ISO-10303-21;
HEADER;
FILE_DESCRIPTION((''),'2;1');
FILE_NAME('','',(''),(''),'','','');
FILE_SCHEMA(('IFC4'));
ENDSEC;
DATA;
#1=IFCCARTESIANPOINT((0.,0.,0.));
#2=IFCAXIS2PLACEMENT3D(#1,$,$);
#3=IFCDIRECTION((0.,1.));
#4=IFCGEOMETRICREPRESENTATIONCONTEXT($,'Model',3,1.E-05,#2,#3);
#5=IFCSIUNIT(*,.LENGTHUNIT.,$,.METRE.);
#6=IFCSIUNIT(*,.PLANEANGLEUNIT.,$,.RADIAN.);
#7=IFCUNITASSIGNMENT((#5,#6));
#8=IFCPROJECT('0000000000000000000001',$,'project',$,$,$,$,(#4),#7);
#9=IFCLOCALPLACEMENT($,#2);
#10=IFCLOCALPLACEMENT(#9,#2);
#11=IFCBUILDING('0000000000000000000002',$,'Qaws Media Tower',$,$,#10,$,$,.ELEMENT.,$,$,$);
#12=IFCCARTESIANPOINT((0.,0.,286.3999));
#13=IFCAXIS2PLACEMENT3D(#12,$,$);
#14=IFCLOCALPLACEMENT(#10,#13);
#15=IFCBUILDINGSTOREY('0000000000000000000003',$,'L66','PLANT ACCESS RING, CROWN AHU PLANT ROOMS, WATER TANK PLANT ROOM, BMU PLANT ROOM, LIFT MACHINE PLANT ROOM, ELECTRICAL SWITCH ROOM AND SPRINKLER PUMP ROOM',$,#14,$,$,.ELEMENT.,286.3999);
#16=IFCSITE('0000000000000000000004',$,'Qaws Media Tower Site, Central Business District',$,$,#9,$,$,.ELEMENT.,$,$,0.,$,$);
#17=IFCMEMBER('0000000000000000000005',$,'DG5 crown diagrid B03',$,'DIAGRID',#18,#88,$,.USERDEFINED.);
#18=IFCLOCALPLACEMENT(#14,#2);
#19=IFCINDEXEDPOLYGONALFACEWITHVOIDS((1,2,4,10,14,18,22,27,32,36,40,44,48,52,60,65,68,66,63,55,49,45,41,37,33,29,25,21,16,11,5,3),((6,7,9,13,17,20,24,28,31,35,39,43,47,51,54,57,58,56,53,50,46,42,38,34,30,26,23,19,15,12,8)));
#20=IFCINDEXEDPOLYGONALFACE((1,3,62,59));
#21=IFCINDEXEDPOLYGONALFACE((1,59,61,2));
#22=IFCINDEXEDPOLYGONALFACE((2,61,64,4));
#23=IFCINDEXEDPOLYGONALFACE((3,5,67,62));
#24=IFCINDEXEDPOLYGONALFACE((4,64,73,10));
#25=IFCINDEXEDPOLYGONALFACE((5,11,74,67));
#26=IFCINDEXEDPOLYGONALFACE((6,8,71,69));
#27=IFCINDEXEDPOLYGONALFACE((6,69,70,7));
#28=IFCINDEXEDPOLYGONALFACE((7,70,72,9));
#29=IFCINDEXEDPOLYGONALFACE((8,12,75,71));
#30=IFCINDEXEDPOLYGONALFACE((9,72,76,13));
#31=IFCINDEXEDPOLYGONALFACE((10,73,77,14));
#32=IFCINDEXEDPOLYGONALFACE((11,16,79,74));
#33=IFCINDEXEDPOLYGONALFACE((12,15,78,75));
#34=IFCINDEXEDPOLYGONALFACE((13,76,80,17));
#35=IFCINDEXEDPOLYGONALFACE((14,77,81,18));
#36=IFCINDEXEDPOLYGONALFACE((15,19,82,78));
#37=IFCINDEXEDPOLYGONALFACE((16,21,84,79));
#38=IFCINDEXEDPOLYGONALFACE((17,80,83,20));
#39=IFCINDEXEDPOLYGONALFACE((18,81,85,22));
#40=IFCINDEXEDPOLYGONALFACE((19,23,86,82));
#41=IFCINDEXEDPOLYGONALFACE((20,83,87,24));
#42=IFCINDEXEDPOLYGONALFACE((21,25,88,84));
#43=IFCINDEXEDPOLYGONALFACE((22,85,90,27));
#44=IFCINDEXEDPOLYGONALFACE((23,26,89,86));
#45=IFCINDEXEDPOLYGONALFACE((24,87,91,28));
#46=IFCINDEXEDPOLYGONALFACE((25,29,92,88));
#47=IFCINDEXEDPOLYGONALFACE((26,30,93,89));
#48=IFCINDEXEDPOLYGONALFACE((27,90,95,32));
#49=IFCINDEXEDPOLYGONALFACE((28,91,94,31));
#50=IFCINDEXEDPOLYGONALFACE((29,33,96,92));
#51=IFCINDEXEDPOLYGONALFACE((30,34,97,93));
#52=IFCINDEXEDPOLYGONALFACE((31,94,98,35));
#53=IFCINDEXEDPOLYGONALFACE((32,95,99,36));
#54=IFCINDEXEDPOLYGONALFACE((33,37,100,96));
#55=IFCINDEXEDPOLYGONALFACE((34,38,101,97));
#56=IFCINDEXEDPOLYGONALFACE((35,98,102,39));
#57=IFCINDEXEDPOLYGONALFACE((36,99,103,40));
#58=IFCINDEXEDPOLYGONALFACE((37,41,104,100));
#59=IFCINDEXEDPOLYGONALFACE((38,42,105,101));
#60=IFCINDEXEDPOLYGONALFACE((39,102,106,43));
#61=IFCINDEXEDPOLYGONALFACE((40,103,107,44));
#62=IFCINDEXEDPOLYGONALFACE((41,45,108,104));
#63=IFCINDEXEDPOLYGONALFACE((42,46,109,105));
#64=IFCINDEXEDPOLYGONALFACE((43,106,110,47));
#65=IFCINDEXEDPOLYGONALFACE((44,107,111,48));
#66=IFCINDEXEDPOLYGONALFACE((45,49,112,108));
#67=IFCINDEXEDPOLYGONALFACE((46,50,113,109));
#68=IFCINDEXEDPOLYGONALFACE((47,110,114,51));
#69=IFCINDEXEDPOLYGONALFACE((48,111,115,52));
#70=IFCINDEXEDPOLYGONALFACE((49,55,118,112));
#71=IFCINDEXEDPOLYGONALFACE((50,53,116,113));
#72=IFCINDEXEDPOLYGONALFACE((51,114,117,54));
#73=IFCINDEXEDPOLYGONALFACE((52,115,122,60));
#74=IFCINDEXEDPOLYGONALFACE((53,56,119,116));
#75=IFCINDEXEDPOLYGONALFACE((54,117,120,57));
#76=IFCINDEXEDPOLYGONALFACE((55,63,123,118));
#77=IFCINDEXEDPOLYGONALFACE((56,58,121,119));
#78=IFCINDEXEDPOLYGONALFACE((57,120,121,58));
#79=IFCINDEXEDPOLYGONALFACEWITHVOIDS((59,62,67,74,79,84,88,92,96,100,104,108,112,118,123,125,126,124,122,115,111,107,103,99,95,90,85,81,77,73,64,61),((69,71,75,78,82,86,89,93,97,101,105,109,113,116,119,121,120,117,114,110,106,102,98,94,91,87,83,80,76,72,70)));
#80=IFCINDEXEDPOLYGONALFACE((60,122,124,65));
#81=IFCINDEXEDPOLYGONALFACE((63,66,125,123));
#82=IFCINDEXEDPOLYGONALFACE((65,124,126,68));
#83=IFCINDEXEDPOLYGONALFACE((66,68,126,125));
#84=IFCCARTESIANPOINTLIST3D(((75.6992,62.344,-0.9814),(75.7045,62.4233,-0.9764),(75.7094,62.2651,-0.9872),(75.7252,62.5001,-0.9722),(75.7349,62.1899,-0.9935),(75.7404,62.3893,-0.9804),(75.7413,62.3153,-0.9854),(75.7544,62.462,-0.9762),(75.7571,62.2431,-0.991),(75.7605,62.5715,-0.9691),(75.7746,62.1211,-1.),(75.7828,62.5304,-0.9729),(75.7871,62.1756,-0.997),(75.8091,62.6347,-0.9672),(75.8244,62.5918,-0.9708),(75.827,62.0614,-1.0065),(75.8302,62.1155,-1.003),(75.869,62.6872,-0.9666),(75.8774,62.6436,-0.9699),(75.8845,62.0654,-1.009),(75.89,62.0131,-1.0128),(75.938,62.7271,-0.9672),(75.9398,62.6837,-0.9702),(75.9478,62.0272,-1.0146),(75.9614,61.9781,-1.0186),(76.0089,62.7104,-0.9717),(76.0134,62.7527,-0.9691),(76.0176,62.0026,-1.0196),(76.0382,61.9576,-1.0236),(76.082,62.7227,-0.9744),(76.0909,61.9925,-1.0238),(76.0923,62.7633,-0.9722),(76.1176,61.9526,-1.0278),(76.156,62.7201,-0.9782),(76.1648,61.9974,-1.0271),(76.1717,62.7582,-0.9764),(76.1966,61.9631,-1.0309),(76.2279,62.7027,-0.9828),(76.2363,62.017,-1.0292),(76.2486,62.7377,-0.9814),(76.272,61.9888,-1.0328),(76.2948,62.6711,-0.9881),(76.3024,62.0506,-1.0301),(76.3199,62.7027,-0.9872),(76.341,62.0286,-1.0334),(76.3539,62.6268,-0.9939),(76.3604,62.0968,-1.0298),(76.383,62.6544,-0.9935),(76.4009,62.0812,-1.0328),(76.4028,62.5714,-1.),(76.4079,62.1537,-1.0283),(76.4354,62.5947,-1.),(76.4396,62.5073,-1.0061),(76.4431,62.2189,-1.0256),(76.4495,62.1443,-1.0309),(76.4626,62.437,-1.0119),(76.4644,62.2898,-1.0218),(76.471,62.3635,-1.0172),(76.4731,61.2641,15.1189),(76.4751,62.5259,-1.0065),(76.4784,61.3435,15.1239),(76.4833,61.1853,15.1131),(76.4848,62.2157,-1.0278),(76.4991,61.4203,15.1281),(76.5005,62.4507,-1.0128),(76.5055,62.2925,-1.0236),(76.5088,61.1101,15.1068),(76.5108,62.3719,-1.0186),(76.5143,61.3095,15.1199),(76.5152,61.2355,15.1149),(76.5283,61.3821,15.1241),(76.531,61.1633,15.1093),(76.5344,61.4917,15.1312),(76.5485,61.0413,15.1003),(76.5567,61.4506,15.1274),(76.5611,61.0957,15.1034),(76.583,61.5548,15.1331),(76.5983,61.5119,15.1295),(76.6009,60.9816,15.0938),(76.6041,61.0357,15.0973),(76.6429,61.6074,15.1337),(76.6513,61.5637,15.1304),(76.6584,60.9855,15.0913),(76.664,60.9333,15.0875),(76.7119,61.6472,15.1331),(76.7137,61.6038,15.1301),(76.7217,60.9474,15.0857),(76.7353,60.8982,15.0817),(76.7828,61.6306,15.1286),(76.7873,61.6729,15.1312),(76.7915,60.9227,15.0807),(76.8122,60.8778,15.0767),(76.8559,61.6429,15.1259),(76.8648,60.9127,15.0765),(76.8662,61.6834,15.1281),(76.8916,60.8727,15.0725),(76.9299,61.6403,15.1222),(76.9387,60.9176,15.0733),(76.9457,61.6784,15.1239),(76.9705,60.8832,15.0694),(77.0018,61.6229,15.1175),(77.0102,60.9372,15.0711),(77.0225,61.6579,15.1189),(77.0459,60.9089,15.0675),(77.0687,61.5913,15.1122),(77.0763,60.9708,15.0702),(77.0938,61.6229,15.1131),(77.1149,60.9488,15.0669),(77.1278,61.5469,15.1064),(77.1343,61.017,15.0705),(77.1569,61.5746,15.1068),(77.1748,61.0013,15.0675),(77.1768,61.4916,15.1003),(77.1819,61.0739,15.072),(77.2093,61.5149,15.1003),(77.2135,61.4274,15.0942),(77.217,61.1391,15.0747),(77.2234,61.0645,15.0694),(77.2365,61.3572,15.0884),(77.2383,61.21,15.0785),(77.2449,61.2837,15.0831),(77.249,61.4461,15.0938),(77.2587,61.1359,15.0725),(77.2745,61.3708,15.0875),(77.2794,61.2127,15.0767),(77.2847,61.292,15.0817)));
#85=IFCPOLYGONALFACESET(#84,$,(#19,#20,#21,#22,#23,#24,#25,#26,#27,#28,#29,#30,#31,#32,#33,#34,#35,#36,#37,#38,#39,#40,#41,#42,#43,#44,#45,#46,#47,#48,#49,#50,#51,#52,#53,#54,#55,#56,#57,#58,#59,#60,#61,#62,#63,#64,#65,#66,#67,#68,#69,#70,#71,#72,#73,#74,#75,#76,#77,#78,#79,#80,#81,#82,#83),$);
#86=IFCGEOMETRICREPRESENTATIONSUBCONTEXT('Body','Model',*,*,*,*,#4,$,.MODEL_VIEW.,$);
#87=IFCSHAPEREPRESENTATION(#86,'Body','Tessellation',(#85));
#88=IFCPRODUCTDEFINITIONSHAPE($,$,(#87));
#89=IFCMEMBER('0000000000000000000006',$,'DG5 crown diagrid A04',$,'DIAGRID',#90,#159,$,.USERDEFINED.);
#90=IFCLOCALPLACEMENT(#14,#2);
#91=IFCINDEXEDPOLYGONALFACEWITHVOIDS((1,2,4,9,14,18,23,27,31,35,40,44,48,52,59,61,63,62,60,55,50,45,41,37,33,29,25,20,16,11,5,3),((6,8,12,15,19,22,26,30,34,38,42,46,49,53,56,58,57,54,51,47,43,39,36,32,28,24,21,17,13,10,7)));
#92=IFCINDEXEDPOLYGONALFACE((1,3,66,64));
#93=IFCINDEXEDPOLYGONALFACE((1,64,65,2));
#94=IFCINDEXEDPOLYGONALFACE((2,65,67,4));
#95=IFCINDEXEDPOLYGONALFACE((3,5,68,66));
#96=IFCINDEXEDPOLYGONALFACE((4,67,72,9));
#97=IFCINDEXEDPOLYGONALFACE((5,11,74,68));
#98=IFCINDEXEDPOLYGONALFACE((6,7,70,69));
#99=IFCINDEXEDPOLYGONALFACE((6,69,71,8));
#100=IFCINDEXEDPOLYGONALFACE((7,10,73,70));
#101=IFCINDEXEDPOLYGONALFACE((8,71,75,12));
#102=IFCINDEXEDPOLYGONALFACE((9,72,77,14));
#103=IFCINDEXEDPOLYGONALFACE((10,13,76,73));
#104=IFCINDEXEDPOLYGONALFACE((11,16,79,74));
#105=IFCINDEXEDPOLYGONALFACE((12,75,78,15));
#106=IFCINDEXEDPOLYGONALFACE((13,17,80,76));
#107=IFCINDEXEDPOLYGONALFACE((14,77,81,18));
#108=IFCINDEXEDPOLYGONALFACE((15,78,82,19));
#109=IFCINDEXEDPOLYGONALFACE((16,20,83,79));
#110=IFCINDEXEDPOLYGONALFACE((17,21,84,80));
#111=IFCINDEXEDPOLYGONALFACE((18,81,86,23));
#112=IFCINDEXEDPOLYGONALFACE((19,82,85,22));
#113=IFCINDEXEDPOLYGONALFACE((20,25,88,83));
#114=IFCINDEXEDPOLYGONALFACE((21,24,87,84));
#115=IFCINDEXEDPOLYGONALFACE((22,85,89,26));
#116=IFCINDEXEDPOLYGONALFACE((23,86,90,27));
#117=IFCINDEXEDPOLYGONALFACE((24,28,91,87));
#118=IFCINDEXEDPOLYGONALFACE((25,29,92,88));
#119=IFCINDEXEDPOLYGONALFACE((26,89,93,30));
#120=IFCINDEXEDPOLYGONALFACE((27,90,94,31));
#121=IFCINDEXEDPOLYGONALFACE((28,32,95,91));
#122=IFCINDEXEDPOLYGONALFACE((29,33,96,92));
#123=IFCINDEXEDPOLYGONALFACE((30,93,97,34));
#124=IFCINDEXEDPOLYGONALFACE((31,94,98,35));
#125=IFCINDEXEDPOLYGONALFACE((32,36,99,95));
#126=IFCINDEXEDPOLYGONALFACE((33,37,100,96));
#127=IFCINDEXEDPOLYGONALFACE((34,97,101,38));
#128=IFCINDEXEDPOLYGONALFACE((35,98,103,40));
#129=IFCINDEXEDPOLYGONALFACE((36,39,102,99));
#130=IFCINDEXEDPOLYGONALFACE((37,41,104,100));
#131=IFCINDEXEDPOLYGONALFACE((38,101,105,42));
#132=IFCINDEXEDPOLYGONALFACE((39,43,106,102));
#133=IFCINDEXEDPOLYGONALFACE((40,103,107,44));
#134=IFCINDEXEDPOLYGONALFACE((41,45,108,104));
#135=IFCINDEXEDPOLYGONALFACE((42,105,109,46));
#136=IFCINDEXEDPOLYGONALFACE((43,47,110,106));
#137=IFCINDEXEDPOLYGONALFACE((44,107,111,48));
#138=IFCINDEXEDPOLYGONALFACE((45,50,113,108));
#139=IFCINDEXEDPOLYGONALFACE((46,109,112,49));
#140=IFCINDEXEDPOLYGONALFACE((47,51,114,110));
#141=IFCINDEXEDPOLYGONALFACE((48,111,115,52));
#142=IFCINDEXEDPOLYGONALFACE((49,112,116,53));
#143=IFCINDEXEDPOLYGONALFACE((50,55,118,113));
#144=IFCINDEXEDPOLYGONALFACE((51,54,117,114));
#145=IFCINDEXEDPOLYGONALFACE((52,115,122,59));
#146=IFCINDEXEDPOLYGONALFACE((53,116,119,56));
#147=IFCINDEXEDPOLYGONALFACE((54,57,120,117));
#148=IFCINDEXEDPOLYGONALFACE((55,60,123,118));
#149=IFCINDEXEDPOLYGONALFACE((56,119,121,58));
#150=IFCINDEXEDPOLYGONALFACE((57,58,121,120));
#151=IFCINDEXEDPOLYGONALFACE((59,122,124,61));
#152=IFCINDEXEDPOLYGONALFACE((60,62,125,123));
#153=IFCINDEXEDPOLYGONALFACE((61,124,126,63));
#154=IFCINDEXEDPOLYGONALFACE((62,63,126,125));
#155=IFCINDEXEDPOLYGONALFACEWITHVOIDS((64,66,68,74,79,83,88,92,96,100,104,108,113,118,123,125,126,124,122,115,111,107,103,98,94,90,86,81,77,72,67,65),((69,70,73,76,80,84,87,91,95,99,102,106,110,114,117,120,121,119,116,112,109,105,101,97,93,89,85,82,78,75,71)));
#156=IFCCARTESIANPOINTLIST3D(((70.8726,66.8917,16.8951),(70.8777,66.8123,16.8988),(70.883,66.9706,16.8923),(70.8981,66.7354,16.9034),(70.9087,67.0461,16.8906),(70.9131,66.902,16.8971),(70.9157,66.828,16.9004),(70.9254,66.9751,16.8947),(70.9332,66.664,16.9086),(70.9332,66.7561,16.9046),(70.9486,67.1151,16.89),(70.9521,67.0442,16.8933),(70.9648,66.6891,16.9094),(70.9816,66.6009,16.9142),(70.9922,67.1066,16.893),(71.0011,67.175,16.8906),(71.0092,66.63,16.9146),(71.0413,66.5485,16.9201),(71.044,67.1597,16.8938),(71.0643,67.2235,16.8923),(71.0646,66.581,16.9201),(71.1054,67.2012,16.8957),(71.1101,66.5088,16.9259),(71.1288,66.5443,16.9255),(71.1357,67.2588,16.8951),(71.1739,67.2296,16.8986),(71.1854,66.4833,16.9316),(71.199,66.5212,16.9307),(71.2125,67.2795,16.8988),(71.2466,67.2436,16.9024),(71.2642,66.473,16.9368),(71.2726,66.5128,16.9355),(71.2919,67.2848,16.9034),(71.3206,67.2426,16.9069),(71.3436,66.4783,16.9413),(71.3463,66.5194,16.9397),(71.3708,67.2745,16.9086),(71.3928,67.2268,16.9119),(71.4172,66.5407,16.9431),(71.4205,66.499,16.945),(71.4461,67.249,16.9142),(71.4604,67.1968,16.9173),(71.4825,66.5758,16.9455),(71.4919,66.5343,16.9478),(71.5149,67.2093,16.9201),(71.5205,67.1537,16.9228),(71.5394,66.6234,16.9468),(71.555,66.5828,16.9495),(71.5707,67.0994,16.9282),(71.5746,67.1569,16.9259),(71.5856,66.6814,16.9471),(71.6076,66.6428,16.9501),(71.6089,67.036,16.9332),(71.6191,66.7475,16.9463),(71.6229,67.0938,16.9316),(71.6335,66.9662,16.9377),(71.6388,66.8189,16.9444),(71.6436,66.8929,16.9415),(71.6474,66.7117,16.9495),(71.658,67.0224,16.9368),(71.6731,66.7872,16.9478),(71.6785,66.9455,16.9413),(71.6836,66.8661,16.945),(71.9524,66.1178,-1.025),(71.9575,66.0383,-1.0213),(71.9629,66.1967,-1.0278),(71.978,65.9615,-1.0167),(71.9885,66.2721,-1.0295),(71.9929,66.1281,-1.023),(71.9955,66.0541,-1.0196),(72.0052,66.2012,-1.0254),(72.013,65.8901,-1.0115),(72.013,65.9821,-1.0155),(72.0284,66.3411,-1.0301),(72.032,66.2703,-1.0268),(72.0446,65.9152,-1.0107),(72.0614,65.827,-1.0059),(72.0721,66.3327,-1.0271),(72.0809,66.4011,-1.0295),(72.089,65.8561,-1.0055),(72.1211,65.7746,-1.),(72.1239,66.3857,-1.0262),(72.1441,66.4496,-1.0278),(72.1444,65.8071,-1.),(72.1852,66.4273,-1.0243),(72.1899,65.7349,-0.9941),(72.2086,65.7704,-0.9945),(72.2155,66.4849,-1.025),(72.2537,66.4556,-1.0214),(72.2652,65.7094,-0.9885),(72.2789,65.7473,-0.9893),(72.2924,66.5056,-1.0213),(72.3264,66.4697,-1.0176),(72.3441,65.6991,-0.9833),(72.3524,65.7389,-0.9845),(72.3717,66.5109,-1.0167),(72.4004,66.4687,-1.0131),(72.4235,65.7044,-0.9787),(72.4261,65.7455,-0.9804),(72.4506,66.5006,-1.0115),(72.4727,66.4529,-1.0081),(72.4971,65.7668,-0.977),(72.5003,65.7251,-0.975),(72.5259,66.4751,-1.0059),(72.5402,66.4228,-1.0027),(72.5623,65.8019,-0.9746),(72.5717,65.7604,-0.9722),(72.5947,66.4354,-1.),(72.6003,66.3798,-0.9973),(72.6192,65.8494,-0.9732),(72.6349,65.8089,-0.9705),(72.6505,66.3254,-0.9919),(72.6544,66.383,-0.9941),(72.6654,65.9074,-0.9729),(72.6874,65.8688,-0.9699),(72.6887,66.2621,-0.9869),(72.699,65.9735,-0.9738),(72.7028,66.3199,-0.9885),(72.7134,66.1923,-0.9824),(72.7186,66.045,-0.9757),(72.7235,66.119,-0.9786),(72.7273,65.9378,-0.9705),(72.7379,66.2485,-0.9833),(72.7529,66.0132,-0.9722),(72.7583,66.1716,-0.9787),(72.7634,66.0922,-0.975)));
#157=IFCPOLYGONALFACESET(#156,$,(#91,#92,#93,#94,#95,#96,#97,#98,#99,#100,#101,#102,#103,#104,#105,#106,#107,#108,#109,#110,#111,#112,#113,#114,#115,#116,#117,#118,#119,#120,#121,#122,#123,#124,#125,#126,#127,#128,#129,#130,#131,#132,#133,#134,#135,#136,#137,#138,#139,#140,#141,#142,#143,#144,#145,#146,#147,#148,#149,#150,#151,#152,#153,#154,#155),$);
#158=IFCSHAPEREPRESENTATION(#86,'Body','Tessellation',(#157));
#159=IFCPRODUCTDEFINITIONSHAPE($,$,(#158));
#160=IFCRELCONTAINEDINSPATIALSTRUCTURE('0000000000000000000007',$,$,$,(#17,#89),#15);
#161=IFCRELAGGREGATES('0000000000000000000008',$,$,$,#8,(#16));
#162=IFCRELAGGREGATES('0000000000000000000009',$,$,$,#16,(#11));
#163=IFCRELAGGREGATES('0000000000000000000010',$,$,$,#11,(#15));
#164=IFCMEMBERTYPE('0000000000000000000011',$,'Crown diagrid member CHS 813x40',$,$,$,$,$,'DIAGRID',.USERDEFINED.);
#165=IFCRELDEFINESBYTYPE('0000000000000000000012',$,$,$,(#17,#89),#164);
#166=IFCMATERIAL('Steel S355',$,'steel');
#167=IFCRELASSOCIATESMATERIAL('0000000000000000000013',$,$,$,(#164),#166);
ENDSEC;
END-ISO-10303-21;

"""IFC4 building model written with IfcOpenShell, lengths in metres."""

from ifc_helpers import new_model, si_unit, direction, frame, origin, origin_2d, place, context, subcontext, project, spatial, hollow_circle, extrude, material, material_profile, profile_set, type_object, element, save


model = new_model("IFC4")

# Units and contexts
model_context = context("Model", 3, precision=1e-05, world=origin(), true_north=direction((0.0, 1.0)))
body_context = subcontext(model_context, "Body", "Model", "MODEL_VIEW")
ifc_project = project(units=[si_unit("LENGTHUNIT", "METRE"), si_unit("PLANEANGLEUNIT", "RADIAN")], contexts=[model_context])

# Site, building, storey
site_placement = place(None, origin())
site = spatial("IfcSite", under=ifc_project, at=site_placement, Name="Qaws Media Tower Site, Central Business District", CompositionType="ELEMENT", RefElevation=0.0)
building_placement = place(site_placement, origin())
building = spatial("IfcBuilding", under=site, at=building_placement, Name="Qaws Media Tower", CompositionType="ELEMENT")
storey_placement = place(building_placement, frame((0.0, 0.0, 286.3999)))
storey = spatial("IfcBuildingStorey", under=building, at=storey_placement, Name="L66", Description="PLANT ACCESS RING, CROWN AHU PLANT ROOMS, WATER TANK PLANT ROOM, BMU PLANT ROOM, LIFT MACHINE PLANT ROOM, ELECTRICAL SWITCH ROOM AND SPRINKLER PUMP ROOM", CompositionType="ELEMENT", Elevation=286.3999)

# Members
ifc_material_1 = material(Name="Steel S355", Category="steel")
ifc_material_profile_1 = material_profile(ifc_material_1, hollow_circle(Radius=0.4065, WallThickness=0.04, at=origin_2d()), Name="CHS 813x40")
ifc_profile_set_1 = profile_set([ifc_material_profile_1], Name="Steel S355")
member_type = type_object("IfcMemberType", Name="Crown diagrid member CHS 813x40", ElementType="DIAGRID", PredefinedType="USERDEFINED", material=ifc_profile_set_1)
member_1_placement = place(storey_placement, frame((76.105, 62.3579, -1.0), z_axis=(0.047906, -0.066842, 0.996613), x_axis=(0.812801, 0.582541, 0.0)))
element("IfcMember", 1, at=member_1_placement, inside=storey, type_object=member_type, Name="DG5 crown diagrid B03", ObjectType="DIAGRID", PredefinedType="USERDEFINED", context=body_context, shape_type="SweptSolid", body=[
    extrude(hollow_circle(Radius=0.4065, WallThickness=0.04, at=origin_2d()), origin(), (0.0, 0.0, 1.0), 16.155),
])
member_2_placement = place(storey_placement, frame((72.3579, 66.105, -1.0), z_axis=(-0.060093, 0.043069, 0.997263), x_axis=(-0.582541, -0.812801, 0.0)))
element("IfcMember", 2, at=member_2_placement, inside=storey, type_object=member_type, Name="DG5 crown diagrid A04", ObjectType="DIAGRID", PredefinedType="USERDEFINED", context=body_context, shape_type="SweptSolid", body=[
    extrude(hollow_circle(Radius=0.4065, WallThickness=0.04, at=origin_2d()), origin(), (0.0, 0.0, 1.0), 17.9692),
])

save(model, "model.ifc")
